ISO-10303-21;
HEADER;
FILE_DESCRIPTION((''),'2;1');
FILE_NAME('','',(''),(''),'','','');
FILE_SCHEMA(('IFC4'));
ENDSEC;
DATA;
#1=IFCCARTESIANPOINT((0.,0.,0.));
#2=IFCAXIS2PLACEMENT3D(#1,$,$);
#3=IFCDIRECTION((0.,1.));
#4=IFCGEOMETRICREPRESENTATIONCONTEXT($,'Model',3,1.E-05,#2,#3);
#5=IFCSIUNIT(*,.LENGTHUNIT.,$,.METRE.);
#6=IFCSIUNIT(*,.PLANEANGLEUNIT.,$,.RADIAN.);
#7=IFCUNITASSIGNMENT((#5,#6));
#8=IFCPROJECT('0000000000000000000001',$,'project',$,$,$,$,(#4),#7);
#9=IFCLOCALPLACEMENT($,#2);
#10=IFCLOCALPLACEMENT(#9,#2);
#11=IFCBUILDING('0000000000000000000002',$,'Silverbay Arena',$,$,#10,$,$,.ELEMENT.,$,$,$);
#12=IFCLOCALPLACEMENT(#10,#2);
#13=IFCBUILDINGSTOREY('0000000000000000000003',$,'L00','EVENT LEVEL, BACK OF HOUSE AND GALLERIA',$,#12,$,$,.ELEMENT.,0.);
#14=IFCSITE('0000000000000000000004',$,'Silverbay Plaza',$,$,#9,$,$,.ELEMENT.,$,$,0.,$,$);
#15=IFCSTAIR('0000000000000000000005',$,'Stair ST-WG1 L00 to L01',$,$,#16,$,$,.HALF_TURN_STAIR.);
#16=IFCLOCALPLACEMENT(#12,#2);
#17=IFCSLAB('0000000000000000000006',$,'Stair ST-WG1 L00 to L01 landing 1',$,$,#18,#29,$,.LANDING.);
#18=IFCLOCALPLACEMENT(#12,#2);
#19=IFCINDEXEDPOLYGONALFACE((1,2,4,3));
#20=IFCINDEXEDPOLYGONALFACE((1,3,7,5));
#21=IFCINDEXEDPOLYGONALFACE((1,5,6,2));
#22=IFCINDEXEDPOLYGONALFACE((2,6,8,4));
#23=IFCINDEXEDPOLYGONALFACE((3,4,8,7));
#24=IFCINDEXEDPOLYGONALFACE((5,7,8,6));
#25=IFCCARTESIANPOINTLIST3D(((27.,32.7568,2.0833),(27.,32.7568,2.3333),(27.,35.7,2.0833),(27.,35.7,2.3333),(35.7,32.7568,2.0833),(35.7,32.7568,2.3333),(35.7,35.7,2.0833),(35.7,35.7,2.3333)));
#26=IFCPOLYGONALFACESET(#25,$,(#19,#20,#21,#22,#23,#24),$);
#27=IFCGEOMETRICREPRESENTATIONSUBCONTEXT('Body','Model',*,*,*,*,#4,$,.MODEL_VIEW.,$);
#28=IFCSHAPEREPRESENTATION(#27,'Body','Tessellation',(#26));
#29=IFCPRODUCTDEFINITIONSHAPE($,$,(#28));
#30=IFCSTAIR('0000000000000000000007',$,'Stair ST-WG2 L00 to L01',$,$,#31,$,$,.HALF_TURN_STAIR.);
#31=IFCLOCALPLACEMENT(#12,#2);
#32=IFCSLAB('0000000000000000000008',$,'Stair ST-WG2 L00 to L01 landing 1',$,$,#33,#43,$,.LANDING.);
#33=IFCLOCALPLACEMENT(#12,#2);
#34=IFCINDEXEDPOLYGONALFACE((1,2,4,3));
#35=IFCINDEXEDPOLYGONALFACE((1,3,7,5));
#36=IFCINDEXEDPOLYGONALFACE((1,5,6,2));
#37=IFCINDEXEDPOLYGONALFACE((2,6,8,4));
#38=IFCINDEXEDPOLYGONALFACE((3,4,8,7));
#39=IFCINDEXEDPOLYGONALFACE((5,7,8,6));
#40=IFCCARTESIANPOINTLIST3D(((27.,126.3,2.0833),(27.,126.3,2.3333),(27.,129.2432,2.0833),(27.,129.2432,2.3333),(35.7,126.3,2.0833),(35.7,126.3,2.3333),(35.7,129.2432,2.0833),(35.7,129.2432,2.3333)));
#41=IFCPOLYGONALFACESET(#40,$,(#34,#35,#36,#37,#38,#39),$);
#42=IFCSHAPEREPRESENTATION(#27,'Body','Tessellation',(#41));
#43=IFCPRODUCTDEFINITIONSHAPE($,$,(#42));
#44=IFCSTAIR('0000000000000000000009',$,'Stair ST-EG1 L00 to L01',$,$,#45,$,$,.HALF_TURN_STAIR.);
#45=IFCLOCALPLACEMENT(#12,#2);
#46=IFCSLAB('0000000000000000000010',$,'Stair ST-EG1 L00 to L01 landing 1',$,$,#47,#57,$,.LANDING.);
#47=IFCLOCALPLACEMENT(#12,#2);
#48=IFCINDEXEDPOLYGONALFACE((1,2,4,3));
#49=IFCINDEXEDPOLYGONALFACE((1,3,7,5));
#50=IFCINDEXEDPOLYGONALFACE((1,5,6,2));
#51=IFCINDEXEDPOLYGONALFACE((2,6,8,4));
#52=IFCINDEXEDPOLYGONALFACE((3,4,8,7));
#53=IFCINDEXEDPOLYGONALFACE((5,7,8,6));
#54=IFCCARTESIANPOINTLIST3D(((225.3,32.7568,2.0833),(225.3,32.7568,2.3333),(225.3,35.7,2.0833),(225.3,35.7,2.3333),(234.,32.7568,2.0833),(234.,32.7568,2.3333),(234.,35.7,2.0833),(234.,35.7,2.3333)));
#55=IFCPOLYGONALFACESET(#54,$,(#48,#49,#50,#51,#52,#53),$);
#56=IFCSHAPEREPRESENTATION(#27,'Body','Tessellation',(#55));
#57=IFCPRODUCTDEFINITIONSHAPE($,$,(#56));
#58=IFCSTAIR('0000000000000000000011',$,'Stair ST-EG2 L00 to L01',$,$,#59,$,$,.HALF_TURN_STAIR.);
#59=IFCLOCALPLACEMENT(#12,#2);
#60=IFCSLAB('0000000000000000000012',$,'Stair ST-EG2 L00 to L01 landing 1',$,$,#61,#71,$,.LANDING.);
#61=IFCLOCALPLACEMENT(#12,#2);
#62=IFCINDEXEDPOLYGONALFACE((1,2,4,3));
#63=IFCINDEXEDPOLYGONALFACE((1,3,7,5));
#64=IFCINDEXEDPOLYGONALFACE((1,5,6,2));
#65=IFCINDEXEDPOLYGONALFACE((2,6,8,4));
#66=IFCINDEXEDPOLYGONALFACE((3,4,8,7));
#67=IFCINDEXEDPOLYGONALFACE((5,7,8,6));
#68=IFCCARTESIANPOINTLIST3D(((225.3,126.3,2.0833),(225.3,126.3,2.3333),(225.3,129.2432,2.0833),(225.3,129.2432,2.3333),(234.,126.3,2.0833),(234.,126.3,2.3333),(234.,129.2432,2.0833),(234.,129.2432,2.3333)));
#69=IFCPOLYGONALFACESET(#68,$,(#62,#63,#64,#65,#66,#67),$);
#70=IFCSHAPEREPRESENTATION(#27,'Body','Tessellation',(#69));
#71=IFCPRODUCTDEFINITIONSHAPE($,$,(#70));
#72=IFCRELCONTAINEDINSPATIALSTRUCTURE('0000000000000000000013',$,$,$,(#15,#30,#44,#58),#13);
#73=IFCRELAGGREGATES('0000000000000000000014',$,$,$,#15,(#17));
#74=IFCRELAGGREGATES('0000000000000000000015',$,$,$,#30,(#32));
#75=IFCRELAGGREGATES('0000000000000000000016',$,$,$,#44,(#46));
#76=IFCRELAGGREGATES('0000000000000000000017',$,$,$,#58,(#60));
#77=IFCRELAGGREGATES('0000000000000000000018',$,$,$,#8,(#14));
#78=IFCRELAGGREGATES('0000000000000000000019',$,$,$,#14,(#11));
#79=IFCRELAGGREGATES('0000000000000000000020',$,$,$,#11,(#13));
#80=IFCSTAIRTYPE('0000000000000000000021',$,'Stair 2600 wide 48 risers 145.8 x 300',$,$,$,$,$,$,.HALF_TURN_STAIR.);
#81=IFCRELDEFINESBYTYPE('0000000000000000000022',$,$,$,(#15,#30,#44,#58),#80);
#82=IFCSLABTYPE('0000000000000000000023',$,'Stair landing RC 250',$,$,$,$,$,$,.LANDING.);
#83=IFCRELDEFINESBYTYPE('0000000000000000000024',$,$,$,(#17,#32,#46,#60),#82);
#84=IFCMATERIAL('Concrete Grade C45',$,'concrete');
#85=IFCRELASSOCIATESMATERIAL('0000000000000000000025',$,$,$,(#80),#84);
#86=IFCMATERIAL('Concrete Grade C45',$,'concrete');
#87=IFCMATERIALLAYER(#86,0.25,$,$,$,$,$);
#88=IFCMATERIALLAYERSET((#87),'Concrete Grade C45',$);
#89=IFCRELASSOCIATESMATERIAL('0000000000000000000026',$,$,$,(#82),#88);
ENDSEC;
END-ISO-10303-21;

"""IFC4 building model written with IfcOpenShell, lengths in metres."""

from ifc_helpers import new_model, si_unit, direction, frame, origin, place, context, subcontext, project, spatial, polyline, outline, extrude, material, layer, layer_set, type_object, element, aggregate, save


model = new_model("IFC4")

# Units and contexts
model_context = context("Model", 3, precision=1e-05, world=origin(), true_north=direction((0.0, 1.0)))
body_context = subcontext(model_context, "Body", "Model", "MODEL_VIEW")
ifc_project = project(units=[si_unit("LENGTHUNIT", "METRE"), si_unit("PLANEANGLEUNIT", "RADIAN")], contexts=[model_context])

# Site, building, storey
site_placement = place(None, origin())
site = spatial("IfcSite", under=ifc_project, at=site_placement, Name="Silverbay Plaza", CompositionType="ELEMENT", RefElevation=0.0)
building_placement = place(site_placement, origin())
building = spatial("IfcBuilding", under=site, at=building_placement, Name="Silverbay Arena", CompositionType="ELEMENT")
storey_placement = place(building_placement, origin())
storey = spatial("IfcBuildingStorey", under=building, at=storey_placement, Name="L00", Description="EVENT LEVEL, BACK OF HOUSE AND GALLERIA", CompositionType="ELEMENT", Elevation=0.0)

# Shared definitions
ifc_material_1 = material(Name="Concrete Grade C45", Category="concrete")
stair_type = type_object("IfcStairType", Name="Stair 2600 wide 48 risers 145.8 x 300", PredefinedType="HALF_TURN_STAIR", material=ifc_material_1)
ifc_material_2 = material(Name="Concrete Grade C45", Category="concrete")
ifc_layer = layer(ifc_material_2, 0.25)
ifc_layer_set = layer_set([ifc_layer], Name="Concrete Grade C45")
slab_type = type_object("IfcSlabType", Name="Stair landing RC 250", PredefinedType="LANDING", material=ifc_layer_set)

# Stairs, slabs
stair_1_placement = place(storey_placement, origin())
stair_1 = element("IfcStair", 1, at=stair_1_placement, inside=storey, type_object=stair_type, Name="Stair ST-WG1 L00 to L01", PredefinedType="HALF_TURN_STAIR")
slab_1_placement = place(storey_placement, frame((0.0, 0.0, 2.0833)))
slab_1 = element("IfcSlab", 2, at=slab_1_placement, type_object=slab_type, Name="Stair ST-WG1 L00 to L01 landing 1", PredefinedType="LANDING", context=body_context, shape_type="SweptSolid", body=[
    extrude(outline(polyline([(35.7, 32.7568), (35.7, 35.7), (27.0, 35.7), (27.0, 32.7568), (35.7, 32.7568)])), origin(), (0.0, 0.0, 1.0), 0.25),
])
aggregate(stair_1, [slab_1])
stair_2_placement = place(storey_placement, origin())
stair_2 = element("IfcStair", 3, at=stair_2_placement, inside=storey, type_object=stair_type, Name="Stair ST-WG2 L00 to L01", PredefinedType="HALF_TURN_STAIR")
slab_2_placement = place(storey_placement, frame((0.0, 0.0, 2.0833)))
slab_2 = element("IfcSlab", 4, at=slab_2_placement, type_object=slab_type, Name="Stair ST-WG2 L00 to L01 landing 1", PredefinedType="LANDING", context=body_context, shape_type="SweptSolid", body=[
    extrude(outline(polyline([(35.7, 129.2432), (35.7, 126.3), (27.0, 126.3), (27.0, 129.2432), (35.7, 129.2432)])), origin(), (0.0, 0.0, 1.0), 0.25),
])
aggregate(stair_2, [slab_2])
stair_3_placement = place(storey_placement, origin())
stair_3 = element("IfcStair", 5, at=stair_3_placement, inside=storey, type_object=stair_type, Name="Stair ST-EG1 L00 to L01", PredefinedType="HALF_TURN_STAIR")
slab_3_placement = place(storey_placement, frame((0.0, 0.0, 2.0833)))
slab_3 = element("IfcSlab", 6, at=slab_3_placement, type_object=slab_type, Name="Stair ST-EG1 L00 to L01 landing 1", PredefinedType="LANDING", context=body_context, shape_type="SweptSolid", body=[
    extrude(outline(polyline([(225.3, 32.7568), (225.3, 35.7), (234.0, 35.7), (234.0, 32.7568), (225.3, 32.7568)])), origin(), (0.0, 0.0, 1.0), 0.25),
])
aggregate(stair_3, [slab_3])
stair_4_placement = place(storey_placement, origin())
stair_4 = element("IfcStair", 7, at=stair_4_placement, inside=storey, type_object=stair_type, Name="Stair ST-EG2 L00 to L01", PredefinedType="HALF_TURN_STAIR")
slab_4_placement = place(storey_placement, frame((0.0, 0.0, 2.0833)))
slab_4 = element("IfcSlab", 8, at=slab_4_placement, type_object=slab_type, Name="Stair ST-EG2 L00 to L01 landing 1", PredefinedType="LANDING", context=body_context, shape_type="SweptSolid", body=[
    extrude(outline(polyline([(225.3, 129.2432), (225.3, 126.3), (234.0, 126.3), (234.0, 129.2432), (225.3, 129.2432)])), origin(), (0.0, 0.0, 1.0), 0.25),
])
aggregate(stair_4, [slab_4])

save(model, "model.ifc")
